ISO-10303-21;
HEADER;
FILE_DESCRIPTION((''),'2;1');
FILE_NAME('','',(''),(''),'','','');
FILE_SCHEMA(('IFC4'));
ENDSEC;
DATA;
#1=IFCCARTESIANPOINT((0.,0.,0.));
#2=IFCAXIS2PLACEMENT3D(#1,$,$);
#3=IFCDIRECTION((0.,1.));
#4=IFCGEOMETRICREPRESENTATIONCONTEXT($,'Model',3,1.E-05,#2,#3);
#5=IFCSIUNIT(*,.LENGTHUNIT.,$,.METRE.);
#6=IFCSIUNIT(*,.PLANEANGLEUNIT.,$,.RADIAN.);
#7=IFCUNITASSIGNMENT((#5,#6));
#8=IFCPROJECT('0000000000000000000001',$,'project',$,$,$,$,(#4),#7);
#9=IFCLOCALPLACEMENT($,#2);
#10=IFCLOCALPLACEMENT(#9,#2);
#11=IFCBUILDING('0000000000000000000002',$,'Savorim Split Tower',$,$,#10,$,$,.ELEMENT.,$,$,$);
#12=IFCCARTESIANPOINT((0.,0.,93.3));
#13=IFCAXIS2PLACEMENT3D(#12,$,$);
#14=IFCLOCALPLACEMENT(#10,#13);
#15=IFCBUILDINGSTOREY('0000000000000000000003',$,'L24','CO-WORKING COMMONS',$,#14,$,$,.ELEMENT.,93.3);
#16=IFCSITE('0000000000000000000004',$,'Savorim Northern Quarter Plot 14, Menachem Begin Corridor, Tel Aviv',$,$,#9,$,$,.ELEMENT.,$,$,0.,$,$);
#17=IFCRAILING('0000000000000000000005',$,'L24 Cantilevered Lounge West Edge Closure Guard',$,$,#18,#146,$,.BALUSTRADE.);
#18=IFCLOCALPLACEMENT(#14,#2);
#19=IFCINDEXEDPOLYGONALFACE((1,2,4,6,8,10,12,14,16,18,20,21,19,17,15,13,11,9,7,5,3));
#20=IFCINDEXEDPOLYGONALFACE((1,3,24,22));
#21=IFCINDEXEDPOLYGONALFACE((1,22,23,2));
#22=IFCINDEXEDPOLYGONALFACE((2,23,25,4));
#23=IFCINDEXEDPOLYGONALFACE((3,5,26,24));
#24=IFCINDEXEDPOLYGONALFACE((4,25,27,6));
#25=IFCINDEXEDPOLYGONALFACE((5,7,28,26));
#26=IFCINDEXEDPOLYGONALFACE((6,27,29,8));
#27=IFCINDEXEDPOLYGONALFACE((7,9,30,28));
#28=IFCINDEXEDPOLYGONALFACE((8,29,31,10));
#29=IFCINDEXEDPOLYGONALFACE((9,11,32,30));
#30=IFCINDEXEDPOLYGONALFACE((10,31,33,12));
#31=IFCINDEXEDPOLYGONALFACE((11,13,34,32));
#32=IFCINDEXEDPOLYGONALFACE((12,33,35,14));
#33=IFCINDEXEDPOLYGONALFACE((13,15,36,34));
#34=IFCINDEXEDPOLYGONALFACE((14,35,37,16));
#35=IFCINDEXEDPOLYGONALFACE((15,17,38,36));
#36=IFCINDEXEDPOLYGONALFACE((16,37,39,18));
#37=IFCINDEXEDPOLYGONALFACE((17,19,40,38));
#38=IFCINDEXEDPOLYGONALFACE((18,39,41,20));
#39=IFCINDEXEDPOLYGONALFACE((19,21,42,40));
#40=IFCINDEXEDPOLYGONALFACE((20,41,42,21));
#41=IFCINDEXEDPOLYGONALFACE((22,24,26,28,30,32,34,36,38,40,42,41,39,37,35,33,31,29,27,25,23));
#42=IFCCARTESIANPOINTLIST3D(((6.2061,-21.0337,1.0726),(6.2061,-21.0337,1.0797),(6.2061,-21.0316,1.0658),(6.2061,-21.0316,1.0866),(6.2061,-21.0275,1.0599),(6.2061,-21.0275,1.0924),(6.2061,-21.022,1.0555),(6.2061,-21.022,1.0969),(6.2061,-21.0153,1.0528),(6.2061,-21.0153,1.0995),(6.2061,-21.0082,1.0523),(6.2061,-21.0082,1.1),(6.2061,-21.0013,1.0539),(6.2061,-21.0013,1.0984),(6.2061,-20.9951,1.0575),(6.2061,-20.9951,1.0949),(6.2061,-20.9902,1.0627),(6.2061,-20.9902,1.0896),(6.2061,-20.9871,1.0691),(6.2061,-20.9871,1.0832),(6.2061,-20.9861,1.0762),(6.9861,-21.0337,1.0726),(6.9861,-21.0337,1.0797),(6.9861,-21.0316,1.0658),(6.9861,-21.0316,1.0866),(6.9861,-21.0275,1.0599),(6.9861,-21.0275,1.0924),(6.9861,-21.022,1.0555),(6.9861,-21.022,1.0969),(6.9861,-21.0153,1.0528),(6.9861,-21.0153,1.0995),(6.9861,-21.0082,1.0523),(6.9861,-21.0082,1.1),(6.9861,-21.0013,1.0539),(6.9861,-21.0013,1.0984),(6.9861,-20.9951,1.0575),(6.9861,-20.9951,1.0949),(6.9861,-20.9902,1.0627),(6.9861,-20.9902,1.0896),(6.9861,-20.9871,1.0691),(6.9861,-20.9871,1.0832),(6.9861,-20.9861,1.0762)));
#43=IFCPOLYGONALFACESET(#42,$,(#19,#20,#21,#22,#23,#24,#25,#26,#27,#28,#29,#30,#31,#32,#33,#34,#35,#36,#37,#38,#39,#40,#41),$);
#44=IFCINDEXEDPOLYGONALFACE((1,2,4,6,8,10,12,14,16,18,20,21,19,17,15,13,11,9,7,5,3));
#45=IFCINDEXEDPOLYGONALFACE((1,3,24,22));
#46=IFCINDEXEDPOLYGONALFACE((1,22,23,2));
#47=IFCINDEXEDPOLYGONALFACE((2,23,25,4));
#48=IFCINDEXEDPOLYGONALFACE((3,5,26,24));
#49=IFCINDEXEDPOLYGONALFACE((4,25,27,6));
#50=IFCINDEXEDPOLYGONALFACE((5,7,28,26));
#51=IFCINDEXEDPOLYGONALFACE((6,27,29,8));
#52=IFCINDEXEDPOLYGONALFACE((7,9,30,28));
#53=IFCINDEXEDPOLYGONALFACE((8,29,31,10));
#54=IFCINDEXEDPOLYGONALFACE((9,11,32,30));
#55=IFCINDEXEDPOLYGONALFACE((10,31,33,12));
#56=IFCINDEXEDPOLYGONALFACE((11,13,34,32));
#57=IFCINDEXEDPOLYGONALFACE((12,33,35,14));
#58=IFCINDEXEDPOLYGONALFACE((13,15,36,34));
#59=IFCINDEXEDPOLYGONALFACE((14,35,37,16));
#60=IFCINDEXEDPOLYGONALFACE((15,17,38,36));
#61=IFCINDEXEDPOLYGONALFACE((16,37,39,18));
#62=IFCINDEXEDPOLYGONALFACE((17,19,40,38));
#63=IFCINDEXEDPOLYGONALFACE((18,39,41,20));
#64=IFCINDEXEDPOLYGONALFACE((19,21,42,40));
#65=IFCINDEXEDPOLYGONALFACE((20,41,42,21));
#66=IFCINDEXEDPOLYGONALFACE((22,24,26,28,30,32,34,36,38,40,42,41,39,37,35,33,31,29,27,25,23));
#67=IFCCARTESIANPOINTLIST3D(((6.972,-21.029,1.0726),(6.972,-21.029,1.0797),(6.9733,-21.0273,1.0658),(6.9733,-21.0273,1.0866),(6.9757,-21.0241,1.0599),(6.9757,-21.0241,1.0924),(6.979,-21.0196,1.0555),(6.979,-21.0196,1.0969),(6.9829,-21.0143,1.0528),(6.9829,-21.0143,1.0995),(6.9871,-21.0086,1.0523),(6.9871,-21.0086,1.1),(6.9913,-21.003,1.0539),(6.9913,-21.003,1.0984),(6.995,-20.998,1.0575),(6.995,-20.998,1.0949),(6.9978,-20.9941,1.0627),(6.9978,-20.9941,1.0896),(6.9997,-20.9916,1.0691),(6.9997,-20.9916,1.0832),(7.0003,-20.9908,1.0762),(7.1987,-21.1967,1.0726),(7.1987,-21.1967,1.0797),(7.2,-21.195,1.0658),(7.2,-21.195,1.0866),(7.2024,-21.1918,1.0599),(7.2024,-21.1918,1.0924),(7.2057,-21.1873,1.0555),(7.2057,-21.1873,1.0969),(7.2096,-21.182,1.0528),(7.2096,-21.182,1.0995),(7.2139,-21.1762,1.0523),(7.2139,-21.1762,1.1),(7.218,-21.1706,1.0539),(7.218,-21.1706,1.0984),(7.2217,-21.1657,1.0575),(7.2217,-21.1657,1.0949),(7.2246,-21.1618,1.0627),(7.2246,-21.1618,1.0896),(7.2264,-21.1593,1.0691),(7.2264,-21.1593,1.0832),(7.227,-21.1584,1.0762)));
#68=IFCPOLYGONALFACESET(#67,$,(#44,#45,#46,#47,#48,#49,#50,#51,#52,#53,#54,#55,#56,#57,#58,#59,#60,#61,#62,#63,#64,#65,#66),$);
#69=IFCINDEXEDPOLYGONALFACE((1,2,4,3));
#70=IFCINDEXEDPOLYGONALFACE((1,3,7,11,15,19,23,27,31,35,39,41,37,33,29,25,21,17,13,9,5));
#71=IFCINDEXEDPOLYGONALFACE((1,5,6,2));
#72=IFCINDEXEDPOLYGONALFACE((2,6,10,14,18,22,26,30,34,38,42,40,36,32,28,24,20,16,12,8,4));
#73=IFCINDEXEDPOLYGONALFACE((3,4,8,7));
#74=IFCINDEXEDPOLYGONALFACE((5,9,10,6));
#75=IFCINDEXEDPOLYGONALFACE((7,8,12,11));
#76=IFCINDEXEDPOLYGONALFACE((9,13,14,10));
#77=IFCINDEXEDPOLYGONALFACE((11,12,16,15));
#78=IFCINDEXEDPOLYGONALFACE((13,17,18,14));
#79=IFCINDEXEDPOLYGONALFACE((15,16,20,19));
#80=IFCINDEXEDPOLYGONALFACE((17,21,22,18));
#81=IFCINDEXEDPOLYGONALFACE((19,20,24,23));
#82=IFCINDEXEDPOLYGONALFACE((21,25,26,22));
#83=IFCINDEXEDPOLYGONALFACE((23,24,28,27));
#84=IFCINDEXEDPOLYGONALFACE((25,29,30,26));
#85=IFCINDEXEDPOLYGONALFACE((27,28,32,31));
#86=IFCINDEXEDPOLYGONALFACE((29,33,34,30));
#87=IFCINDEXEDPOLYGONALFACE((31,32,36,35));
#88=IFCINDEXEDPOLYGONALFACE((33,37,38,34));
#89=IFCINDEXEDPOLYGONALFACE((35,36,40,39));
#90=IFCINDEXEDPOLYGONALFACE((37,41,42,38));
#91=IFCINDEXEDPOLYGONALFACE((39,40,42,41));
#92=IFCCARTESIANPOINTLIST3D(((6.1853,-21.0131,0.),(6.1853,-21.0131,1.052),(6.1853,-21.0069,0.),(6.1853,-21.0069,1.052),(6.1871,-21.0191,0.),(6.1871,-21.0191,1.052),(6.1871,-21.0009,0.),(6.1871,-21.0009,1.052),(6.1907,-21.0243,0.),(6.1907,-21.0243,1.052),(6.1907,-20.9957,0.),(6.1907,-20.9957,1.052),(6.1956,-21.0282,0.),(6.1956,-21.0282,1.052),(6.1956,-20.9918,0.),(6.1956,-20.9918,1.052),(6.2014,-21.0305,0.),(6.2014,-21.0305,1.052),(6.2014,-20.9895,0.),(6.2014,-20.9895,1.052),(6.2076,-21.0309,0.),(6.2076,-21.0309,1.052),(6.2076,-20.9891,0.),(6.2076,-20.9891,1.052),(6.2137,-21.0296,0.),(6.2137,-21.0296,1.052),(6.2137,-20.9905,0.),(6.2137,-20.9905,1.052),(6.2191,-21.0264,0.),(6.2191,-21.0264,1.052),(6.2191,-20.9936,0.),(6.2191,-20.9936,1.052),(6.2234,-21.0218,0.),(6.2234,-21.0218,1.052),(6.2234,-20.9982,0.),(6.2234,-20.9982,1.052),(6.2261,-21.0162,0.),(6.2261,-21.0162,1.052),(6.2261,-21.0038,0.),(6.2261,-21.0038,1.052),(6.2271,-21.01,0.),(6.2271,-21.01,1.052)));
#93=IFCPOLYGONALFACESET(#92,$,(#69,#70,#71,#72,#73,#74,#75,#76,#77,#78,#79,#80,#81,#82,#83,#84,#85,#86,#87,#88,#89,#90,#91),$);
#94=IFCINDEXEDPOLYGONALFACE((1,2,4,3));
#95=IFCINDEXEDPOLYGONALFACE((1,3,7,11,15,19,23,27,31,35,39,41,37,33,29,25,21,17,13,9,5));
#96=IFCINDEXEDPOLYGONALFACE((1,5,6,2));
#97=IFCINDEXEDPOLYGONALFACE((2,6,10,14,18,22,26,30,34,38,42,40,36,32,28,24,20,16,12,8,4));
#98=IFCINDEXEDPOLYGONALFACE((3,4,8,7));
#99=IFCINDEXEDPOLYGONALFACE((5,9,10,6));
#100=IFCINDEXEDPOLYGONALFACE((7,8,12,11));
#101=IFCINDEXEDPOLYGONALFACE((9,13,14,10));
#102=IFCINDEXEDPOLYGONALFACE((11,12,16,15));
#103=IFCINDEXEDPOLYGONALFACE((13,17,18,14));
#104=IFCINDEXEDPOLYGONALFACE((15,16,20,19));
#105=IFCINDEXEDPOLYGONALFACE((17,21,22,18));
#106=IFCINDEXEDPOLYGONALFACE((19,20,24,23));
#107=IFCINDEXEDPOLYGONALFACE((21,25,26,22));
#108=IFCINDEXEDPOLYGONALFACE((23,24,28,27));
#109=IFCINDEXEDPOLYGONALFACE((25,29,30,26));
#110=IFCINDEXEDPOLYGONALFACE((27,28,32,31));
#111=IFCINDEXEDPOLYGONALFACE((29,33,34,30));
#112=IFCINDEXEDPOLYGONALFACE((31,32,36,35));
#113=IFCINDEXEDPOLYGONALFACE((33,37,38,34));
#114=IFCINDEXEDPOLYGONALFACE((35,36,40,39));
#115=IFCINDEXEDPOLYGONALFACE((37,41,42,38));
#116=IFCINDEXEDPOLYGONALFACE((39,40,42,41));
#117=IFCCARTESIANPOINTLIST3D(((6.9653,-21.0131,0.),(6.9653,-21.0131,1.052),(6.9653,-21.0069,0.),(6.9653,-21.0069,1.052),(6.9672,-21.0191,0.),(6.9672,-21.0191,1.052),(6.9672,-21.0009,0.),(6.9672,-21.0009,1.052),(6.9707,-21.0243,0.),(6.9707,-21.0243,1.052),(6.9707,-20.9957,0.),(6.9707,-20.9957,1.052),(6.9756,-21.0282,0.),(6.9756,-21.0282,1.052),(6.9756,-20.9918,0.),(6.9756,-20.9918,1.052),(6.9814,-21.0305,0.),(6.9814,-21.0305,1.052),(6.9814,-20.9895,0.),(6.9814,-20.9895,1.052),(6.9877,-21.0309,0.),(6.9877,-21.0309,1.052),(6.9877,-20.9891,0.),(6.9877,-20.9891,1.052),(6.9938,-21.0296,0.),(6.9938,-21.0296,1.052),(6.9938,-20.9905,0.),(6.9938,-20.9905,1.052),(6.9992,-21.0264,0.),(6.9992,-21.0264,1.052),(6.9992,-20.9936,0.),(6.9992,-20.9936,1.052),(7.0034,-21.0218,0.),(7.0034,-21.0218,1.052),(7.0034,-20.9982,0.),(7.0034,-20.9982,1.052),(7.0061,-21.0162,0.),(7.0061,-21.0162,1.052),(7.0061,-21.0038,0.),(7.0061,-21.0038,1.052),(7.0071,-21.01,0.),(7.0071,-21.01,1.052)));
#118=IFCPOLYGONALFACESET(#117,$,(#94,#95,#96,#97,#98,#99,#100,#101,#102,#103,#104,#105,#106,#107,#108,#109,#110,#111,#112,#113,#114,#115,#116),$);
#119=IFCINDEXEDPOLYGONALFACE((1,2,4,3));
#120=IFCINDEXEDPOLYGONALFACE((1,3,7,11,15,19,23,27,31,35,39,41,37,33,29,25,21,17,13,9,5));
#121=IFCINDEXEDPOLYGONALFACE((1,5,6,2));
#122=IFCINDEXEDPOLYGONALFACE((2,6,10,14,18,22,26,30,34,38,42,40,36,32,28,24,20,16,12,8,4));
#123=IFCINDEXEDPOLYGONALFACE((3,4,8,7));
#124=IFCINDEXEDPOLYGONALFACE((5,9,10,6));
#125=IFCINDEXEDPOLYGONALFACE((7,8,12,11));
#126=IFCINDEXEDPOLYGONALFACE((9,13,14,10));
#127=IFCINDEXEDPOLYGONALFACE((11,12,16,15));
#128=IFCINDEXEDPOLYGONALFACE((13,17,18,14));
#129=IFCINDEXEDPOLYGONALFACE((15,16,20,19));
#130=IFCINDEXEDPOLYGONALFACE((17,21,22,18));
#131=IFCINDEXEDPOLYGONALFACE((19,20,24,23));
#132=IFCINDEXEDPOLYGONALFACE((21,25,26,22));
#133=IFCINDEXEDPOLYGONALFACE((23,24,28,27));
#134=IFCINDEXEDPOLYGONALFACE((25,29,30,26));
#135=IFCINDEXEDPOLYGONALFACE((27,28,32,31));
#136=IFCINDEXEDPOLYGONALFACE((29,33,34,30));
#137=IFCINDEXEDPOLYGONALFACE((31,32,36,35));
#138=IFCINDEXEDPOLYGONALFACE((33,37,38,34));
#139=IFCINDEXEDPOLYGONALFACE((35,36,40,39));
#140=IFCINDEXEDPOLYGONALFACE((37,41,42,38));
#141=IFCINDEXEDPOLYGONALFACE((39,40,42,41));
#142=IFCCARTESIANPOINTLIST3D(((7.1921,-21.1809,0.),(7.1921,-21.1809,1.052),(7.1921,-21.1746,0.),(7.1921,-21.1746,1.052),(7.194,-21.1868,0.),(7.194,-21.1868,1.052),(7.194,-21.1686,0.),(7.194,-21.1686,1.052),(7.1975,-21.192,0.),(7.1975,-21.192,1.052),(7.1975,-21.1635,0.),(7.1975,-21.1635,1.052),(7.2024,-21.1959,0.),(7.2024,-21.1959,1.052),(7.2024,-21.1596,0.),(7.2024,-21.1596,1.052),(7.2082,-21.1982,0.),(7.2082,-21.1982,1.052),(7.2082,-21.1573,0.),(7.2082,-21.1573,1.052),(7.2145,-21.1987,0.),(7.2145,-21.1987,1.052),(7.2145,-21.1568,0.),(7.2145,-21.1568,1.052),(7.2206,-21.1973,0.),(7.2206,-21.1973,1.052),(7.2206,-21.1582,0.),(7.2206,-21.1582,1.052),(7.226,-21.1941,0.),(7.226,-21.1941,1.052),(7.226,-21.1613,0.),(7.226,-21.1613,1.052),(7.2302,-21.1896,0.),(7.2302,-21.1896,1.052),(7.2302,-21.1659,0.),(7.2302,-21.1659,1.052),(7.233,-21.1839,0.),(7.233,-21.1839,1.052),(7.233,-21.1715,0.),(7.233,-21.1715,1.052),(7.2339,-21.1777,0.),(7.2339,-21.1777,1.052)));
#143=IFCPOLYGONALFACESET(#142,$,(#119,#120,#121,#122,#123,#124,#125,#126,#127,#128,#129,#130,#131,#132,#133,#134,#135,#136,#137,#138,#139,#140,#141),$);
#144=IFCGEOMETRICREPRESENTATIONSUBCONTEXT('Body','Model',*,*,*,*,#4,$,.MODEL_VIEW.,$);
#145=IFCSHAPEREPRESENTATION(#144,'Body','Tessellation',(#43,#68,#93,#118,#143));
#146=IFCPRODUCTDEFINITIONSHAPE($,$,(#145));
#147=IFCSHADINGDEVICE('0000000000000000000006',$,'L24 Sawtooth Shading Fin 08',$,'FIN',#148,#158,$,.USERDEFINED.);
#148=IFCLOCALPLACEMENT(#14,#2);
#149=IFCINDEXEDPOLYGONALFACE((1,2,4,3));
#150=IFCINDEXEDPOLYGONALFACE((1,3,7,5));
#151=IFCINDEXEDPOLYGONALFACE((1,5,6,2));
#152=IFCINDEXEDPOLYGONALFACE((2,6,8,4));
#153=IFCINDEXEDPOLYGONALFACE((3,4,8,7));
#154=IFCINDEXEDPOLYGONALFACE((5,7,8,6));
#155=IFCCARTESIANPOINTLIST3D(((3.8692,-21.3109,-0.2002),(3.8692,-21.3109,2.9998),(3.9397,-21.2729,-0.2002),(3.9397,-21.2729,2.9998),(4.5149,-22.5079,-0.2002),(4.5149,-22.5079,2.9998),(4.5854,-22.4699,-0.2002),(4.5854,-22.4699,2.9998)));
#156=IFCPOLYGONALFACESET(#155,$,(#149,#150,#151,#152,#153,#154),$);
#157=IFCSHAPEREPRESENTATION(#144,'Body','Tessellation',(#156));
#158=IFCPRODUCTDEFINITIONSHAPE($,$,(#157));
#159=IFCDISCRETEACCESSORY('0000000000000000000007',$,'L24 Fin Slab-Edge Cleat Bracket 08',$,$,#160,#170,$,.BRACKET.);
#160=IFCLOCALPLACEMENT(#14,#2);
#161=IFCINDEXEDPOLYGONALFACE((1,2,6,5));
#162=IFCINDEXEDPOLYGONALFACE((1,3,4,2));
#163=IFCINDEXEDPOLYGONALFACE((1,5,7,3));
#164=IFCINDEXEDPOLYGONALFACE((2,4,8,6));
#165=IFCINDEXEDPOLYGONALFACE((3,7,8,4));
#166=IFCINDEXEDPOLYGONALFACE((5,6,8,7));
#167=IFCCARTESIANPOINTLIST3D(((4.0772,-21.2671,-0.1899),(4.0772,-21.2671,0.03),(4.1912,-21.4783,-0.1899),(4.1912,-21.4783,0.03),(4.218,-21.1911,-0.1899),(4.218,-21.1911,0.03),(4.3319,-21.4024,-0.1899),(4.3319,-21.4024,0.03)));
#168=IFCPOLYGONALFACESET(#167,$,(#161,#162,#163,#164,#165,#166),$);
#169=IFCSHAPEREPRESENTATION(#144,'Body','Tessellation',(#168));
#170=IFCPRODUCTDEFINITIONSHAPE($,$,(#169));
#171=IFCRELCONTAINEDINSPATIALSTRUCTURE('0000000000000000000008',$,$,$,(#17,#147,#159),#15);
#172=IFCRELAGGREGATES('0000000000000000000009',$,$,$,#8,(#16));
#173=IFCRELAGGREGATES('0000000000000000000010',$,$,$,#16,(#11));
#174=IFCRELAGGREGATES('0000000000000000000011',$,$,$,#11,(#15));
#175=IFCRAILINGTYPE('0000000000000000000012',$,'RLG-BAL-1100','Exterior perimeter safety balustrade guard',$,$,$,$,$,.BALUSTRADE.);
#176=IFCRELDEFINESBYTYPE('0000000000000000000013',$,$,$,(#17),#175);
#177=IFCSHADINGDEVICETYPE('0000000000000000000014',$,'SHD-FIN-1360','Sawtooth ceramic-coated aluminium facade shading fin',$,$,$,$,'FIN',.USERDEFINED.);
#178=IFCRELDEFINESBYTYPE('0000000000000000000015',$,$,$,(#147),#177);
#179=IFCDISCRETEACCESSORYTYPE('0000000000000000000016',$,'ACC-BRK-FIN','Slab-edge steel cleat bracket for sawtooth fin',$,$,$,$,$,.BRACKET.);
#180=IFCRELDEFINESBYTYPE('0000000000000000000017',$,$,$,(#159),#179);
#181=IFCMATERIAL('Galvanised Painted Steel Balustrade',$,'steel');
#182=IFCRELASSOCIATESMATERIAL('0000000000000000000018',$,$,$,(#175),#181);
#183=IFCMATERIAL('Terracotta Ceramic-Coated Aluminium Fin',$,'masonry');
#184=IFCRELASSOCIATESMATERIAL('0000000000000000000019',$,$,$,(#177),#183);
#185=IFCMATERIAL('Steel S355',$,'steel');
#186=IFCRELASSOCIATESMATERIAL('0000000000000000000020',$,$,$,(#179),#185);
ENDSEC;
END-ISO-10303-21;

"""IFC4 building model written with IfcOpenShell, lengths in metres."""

from ifc_helpers import new_model, si_unit, direction, frame, origin, origin_2d, place, context, subcontext, project, spatial, rectangle, circle, extrude, material, type_object, element, save


model = new_model("IFC4")

# Units and contexts
model_context = context("Model", 3, precision=1e-05, world=origin(), true_north=direction((0.0, 1.0)))
body_context = subcontext(model_context, "Body", "Model", "MODEL_VIEW")
ifc_project = project(units=[si_unit("LENGTHUNIT", "METRE"), si_unit("PLANEANGLEUNIT", "RADIAN")], contexts=[model_context])

# Site, building, storey
site_placement = place(None, origin())
site = spatial("IfcSite", under=ifc_project, at=site_placement, Name="Savorim Northern Quarter Plot 14, Menachem Begin Corridor, Tel Aviv", CompositionType="ELEMENT", RefElevation=0.0)
building_placement = place(site_placement, origin())
building = spatial("IfcBuilding", under=site, at=building_placement, Name="Savorim Split Tower", CompositionType="ELEMENT")
storey_placement = place(building_placement, frame((0.0, 0.0, 93.3)))
storey = spatial("IfcBuildingStorey", under=building, at=storey_placement, Name="L24", Description="CO-WORKING COMMONS", CompositionType="ELEMENT", Elevation=93.3)

# Shared definitions
ifc_material_1 = material(Name="Steel S355", Category="steel")

# Railing
ifc_material_2 = material(Name="Galvanised Painted Steel Balustrade", Category="steel")
railing_type = type_object("IfcRailingType", Name="RLG-BAL-1100", Description="Exterior perimeter safety balustrade guard", PredefinedType="BALUSTRADE", material=ifc_material_2)
railing_placement = place(storey_placement, frame((6.2061, -21.01, 0.0)))
element("IfcRailing", 1, at=railing_placement, inside=storey, type_object=railing_type, Name="L24 Cantilevered Lounge West Edge Closure Guard", PredefinedType="BALUSTRADE", context=body_context, shape_type="SweptSolid", body=[
    extrude(circle(Radius=0.0239, at=origin_2d()), frame((0.0, 0.0, 1.0762), z_axis=(1.0, 0.0, 0.0), x_axis=(0.0, 1.0, 0.0)), (0.0, 0.0, 1.0), 0.78),
    extrude(circle(Radius=0.0239, at=origin_2d()), frame((0.78, 0.0, 1.0762), z_axis=(0.804032, -0.594586, 0.0), x_axis=(0.594586, 0.804032, 0.0)), (0.0, 0.0, 1.0), 0.282),
    extrude(circle(Radius=0.021, at=origin_2d()), origin(), (0.0, 0.0, 1.0), 1.052),
    extrude(circle(Radius=0.021, at=origin_2d()), frame((0.78, 0.0, 0.0)), (0.0, 0.0, 1.0), 1.052),
    extrude(circle(Radius=0.021, at=origin_2d()), frame((1.0068, -0.1677, 0.0)), (0.0, 0.0, 1.0), 1.052),
])

# Shading device
ifc_material_3 = material(Name="Terracotta Ceramic-Coated Aluminium Fin", Category="masonry")
shading_device_type = type_object("IfcShadingDeviceType", Name="SHD-FIN-1360", Description="Sawtooth ceramic-coated aluminium facade shading fin", ElementType="FIN", PredefinedType="USERDEFINED", material=ifc_material_3)
shading_device_placement = place(storey_placement, frame((4.2273, -21.8904, -0.2002), z_axis=(0.0, 0.0, 1.0), x_axis=(0.474778, -0.880106, 0.0)))
element("IfcShadingDevice", 2, at=shading_device_placement, inside=storey, type_object=shading_device_type, Name="L24 Sawtooth Shading Fin 08", ObjectType="FIN", PredefinedType="USERDEFINED", context=body_context, shape_type="SweptSolid", body=[
    extrude(rectangle(XDim=1.3601, YDim=0.0801, at=origin_2d()), origin(), (0.0, 0.0, 1.0), 3.2),
])

# Discrete accessory
discrete_accessory_type = type_object("IfcDiscreteAccessoryType", Name="ACC-BRK-FIN", Description="Slab-edge steel cleat bracket for sawtooth fin", PredefinedType="BRACKET", material=ifc_material_1)
discrete_accessory_placement = place(storey_placement, frame((4.2046, -21.3347, -0.1899), z_axis=(0.0, 0.0, 1.0), x_axis=(0.474778, -0.880106, 0.0)))
element("IfcDiscreteAccessory", 3, at=discrete_accessory_placement, inside=storey, type_object=discrete_accessory_type, Name="L24 Fin Slab-Edge Cleat Bracket 08", PredefinedType="BRACKET", context=body_context, shape_type="SweptSolid", body=[
    extrude(rectangle(XDim=0.24, YDim=0.1599, at=origin_2d()), origin(), (0.0, 0.0, 1.0), 0.22),
])

save(model, "model.ifc")
